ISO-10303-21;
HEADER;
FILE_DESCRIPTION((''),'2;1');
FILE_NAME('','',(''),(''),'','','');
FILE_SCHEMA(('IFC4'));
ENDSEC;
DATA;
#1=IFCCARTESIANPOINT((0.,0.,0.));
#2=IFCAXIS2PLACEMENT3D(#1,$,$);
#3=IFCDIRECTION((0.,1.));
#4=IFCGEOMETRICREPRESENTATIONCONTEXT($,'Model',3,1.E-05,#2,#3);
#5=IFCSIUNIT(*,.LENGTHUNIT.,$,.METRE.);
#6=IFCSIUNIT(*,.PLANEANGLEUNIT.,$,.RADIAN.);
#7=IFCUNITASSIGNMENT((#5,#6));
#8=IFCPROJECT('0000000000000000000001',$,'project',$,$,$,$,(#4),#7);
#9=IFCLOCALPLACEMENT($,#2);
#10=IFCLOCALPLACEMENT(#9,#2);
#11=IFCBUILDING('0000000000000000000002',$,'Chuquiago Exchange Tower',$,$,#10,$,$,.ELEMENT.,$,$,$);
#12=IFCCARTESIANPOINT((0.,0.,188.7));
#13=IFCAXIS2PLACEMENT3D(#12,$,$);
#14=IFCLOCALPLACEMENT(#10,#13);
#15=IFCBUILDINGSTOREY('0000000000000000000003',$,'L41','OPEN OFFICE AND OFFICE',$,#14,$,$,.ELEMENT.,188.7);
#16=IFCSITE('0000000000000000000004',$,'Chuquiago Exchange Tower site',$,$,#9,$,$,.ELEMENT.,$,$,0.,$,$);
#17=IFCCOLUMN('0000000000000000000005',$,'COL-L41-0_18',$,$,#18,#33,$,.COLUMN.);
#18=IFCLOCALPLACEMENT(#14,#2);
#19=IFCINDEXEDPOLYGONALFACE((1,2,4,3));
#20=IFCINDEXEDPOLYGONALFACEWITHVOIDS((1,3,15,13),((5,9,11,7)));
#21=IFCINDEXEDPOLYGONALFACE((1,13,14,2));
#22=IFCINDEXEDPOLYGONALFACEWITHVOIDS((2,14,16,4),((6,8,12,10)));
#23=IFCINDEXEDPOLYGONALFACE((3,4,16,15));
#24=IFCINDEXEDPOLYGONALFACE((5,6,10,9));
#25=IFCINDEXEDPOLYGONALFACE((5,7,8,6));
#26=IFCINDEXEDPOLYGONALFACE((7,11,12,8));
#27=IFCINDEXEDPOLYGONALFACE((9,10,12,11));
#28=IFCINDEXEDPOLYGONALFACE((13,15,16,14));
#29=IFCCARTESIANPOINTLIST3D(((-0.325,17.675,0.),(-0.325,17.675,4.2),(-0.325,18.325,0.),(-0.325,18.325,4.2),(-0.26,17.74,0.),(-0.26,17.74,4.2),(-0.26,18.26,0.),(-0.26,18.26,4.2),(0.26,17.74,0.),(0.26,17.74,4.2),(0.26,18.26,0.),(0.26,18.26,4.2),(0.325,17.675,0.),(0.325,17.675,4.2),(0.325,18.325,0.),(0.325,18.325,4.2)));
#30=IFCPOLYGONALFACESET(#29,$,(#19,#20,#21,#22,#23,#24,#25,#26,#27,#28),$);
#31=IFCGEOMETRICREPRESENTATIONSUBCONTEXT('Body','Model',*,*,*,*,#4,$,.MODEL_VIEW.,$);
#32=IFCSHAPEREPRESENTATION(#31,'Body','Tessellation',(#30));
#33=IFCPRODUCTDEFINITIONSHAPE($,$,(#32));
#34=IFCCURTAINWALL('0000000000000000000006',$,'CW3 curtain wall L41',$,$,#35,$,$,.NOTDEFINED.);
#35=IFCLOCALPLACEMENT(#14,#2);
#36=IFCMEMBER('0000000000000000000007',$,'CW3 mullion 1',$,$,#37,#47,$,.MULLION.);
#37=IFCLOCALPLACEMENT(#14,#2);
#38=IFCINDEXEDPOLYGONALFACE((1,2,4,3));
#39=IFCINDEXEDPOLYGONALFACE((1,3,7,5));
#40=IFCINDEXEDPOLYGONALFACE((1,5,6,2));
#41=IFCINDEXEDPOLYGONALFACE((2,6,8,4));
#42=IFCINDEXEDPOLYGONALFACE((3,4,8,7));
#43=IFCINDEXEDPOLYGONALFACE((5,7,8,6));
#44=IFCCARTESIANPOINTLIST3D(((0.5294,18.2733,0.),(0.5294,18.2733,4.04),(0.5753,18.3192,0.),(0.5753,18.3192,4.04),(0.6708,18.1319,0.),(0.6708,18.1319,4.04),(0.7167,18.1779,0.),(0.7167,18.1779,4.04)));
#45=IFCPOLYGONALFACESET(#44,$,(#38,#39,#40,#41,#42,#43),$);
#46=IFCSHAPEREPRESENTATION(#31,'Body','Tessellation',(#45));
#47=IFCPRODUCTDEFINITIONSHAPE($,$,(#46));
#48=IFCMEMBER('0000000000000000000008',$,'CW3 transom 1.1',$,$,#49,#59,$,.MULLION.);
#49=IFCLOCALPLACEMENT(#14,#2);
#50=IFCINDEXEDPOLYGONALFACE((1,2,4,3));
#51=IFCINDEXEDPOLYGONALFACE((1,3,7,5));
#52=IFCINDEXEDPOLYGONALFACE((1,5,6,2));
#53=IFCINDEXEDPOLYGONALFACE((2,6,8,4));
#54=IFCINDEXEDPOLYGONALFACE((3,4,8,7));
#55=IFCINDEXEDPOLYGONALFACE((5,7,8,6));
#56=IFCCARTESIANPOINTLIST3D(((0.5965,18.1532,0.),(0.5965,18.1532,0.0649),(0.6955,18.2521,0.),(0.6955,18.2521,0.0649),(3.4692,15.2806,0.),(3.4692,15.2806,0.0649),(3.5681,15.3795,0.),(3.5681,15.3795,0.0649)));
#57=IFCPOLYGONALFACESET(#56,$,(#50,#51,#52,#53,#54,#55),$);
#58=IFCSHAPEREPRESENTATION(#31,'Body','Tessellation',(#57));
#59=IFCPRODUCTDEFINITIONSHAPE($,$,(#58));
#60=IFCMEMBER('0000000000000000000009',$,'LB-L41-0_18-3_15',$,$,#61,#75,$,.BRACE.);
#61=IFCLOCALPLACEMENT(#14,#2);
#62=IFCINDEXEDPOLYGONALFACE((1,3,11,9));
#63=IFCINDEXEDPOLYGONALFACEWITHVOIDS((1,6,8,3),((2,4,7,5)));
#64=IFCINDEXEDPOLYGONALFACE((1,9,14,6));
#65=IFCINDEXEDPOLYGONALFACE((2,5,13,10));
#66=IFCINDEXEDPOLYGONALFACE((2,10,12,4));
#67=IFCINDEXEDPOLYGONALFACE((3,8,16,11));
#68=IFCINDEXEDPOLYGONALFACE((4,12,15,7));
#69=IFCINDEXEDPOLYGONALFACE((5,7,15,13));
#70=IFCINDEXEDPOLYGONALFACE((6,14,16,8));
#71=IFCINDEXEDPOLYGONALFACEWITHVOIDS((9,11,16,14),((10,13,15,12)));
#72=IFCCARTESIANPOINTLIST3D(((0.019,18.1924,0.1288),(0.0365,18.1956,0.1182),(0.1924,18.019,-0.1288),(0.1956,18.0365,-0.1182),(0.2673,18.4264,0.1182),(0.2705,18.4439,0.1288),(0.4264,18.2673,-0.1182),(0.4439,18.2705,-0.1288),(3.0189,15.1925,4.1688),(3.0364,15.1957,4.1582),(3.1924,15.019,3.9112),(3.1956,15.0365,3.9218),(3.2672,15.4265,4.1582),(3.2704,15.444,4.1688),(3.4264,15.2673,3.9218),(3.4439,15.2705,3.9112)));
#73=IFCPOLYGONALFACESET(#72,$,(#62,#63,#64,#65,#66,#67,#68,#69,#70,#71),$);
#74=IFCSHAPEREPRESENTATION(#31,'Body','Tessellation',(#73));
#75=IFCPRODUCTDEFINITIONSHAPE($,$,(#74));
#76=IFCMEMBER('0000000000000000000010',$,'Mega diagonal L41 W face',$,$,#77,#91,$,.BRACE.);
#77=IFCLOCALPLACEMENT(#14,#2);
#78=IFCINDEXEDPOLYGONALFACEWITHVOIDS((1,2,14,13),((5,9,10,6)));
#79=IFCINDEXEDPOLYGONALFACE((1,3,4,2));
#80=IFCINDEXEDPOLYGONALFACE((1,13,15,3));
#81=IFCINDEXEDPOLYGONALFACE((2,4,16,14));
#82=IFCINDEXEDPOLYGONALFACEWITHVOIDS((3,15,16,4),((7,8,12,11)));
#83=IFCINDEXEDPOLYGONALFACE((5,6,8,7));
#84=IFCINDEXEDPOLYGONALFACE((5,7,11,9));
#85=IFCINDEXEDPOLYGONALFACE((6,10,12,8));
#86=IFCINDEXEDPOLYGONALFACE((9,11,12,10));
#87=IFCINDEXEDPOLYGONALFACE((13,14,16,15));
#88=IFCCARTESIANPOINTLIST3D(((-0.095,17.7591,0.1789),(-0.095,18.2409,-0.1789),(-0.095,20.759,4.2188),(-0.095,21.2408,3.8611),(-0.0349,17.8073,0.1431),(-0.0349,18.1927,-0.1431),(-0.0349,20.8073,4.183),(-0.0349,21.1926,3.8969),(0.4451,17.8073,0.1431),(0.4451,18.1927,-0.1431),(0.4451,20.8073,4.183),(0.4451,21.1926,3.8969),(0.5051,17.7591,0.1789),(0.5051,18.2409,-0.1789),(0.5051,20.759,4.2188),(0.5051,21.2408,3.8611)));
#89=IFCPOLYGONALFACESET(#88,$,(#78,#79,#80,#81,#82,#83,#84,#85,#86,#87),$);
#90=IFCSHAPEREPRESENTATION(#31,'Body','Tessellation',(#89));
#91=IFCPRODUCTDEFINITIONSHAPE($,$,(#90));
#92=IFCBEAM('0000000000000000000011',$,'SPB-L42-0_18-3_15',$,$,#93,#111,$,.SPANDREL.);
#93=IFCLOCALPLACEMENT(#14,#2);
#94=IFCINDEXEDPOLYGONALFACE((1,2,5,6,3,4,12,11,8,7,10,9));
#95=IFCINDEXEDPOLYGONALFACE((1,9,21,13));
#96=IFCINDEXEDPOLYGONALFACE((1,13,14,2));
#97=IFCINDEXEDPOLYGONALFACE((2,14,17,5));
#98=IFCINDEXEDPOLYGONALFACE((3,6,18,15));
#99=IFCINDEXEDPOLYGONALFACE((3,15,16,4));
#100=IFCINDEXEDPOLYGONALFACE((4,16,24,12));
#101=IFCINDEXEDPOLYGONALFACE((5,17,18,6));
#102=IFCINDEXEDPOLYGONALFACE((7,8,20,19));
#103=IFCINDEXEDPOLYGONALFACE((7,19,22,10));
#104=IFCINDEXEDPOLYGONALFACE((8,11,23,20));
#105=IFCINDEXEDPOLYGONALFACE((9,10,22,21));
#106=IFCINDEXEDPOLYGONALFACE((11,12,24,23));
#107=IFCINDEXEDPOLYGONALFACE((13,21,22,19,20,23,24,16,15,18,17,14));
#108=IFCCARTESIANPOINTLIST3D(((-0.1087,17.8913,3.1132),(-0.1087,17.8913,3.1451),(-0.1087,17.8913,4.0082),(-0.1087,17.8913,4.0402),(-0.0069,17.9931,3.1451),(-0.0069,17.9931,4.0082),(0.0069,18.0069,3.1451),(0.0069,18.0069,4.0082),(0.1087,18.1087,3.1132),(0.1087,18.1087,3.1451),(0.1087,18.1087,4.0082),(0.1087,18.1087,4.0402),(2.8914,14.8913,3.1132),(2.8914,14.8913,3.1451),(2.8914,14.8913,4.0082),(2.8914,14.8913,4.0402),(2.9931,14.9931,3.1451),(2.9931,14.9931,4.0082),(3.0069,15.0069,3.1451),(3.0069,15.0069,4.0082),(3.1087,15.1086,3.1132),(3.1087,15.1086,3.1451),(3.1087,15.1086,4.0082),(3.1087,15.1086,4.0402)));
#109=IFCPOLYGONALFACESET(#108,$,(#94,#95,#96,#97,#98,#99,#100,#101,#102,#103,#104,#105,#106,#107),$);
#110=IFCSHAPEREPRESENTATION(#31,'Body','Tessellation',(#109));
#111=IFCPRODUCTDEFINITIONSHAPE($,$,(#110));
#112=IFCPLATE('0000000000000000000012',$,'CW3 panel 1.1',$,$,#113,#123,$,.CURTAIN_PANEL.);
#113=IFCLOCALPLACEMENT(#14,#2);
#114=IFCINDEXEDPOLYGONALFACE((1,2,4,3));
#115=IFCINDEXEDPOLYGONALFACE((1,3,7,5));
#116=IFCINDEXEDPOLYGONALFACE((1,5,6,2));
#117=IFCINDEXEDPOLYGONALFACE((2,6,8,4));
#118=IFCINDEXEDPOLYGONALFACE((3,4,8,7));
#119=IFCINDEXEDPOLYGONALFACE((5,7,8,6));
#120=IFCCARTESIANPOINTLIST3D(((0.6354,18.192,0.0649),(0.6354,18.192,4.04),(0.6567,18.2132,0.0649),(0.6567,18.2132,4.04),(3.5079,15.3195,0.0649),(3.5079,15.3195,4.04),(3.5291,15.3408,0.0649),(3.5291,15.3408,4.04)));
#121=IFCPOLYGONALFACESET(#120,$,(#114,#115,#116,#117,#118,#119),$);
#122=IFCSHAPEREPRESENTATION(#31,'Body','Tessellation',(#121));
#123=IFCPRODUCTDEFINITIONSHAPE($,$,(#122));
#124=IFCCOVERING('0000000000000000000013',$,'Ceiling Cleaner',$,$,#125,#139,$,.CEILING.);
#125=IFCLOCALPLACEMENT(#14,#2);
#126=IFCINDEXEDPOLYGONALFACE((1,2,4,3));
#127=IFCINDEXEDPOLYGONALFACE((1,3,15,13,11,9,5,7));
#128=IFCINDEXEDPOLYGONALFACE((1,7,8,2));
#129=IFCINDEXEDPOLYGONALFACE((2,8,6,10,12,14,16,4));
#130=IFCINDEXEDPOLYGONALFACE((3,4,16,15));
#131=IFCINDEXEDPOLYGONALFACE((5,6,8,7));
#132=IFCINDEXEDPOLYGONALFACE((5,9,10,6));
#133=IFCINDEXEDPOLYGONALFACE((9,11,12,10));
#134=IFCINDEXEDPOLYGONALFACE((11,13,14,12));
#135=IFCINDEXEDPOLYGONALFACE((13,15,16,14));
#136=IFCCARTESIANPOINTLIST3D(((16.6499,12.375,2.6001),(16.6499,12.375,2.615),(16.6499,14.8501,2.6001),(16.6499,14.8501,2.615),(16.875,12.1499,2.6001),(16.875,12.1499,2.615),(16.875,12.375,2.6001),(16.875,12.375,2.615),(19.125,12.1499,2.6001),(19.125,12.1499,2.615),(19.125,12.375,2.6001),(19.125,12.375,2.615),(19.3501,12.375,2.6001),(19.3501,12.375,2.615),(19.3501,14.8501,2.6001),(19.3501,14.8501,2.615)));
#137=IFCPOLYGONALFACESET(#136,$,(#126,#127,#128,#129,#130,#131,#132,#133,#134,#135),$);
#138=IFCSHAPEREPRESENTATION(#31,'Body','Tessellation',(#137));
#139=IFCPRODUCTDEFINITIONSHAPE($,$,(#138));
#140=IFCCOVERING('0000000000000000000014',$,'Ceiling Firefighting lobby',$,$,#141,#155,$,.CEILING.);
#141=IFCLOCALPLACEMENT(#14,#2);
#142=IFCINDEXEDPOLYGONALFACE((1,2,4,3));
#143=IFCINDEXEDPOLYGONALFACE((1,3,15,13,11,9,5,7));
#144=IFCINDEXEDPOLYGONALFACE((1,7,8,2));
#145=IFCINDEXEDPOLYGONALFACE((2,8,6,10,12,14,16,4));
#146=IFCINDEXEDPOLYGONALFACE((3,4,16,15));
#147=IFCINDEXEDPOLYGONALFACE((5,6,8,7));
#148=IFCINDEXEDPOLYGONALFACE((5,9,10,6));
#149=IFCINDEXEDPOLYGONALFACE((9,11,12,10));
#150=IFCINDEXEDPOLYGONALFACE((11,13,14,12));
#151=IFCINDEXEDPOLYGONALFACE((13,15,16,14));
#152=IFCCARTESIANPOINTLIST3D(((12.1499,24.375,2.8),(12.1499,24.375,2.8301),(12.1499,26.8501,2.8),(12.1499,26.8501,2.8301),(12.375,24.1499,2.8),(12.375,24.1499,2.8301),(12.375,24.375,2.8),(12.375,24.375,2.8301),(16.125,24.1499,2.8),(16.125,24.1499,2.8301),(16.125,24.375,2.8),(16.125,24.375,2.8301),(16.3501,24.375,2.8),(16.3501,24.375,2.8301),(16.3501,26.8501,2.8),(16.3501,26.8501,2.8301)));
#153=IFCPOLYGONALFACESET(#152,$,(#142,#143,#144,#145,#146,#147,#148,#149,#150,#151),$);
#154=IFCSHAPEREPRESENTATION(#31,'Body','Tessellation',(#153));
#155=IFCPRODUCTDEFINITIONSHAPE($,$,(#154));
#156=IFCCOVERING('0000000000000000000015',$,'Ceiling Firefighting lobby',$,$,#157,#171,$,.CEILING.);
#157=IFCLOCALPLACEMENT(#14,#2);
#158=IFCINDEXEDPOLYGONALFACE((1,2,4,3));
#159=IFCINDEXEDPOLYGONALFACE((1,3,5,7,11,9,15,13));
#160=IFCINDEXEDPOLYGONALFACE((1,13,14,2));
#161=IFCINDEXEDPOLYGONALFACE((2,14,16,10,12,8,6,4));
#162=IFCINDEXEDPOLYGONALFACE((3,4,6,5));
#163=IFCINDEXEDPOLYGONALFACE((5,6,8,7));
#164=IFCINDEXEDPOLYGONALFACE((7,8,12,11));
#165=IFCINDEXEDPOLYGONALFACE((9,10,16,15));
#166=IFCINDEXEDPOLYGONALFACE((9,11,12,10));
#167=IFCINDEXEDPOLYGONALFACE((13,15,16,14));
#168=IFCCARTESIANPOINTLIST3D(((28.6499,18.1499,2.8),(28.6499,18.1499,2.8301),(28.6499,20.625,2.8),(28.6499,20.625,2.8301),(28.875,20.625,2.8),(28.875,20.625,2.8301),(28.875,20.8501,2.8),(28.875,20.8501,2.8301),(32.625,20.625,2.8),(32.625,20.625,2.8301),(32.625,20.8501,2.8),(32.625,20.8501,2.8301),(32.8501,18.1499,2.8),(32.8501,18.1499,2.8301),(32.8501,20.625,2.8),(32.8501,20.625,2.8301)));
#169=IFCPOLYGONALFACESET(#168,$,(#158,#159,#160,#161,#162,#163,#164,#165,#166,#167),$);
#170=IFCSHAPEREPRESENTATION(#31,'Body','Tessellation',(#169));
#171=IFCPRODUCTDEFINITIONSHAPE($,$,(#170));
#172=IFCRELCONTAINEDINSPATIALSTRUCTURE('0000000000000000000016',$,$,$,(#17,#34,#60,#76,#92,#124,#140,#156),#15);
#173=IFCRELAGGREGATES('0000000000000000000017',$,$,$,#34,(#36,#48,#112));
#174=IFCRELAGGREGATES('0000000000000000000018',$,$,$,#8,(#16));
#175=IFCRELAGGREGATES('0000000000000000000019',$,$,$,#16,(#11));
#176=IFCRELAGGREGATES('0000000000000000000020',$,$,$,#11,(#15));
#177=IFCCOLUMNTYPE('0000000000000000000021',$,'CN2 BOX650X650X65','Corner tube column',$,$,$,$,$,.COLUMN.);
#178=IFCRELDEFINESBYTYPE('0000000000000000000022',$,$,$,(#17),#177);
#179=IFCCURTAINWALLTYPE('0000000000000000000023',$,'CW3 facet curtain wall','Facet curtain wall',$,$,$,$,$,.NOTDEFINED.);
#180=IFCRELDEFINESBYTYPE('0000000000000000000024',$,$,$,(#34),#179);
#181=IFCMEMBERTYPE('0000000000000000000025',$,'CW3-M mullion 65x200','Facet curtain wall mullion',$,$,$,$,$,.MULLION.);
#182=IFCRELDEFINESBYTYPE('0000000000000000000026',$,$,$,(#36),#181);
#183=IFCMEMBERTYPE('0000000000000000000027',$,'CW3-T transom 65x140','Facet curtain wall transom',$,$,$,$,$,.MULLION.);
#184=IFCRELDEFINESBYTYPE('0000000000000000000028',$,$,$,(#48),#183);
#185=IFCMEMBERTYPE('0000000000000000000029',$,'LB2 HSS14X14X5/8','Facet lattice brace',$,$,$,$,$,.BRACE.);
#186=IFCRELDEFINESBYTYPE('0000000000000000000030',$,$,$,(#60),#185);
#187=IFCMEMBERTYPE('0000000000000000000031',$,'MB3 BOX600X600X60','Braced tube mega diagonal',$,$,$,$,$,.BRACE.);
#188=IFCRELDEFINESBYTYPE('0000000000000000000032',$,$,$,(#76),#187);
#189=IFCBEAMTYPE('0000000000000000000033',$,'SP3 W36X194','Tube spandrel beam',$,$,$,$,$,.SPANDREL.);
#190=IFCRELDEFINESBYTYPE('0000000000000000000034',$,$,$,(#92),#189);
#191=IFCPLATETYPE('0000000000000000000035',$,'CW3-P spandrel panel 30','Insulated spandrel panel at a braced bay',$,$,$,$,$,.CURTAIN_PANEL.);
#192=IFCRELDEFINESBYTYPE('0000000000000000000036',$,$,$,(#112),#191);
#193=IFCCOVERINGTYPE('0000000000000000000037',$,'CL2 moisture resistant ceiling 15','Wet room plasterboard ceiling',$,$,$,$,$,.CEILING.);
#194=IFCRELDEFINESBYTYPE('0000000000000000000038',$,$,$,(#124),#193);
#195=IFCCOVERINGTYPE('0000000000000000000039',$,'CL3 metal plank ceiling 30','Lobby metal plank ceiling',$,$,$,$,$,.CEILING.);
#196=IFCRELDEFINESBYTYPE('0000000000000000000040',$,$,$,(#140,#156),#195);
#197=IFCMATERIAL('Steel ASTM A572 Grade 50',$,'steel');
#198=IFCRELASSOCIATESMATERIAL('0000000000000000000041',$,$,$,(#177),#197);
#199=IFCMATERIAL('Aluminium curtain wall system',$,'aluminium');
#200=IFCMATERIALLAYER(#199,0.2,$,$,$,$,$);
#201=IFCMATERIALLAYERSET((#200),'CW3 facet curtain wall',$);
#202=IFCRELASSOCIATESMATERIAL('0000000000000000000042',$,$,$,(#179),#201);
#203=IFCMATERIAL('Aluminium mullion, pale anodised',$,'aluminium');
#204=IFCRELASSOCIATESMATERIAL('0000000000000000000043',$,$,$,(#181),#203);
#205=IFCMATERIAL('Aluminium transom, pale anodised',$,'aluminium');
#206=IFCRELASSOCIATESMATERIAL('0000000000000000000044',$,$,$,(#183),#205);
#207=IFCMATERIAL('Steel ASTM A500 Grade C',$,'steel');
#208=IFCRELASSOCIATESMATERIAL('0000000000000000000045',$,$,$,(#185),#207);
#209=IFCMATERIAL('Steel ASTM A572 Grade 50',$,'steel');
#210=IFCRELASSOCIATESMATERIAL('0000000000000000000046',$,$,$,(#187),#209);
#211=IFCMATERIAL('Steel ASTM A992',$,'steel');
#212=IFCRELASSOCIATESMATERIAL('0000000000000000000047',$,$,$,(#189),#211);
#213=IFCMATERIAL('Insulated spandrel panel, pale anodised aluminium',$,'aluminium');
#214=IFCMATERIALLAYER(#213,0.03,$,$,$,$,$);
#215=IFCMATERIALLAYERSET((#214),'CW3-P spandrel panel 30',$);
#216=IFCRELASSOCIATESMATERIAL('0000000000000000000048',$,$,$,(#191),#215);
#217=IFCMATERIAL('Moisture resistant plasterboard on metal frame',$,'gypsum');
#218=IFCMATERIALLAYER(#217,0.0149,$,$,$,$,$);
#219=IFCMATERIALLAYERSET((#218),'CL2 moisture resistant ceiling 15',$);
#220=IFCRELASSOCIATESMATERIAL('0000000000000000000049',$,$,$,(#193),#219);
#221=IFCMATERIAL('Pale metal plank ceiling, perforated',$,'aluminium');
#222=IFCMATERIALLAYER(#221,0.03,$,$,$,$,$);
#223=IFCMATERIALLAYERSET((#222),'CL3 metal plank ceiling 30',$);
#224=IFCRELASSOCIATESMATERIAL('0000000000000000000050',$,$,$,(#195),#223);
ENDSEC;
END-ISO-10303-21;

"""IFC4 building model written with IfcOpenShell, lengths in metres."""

from ifc_helpers import new_model, si_unit, direction, frame, origin, origin_2d, place, context, subcontext, project, spatial, polyline, rectangle, hollow_rectangle, i_section, outline, extrude, material, layer, layer_set, material_profile, profile_set, type_object, element, aggregate, save


model = new_model("IFC4")

# Units and contexts
model_context = context("Model", 3, precision=1e-05, world=origin(), true_north=direction((0.0, 1.0)))
body_context = subcontext(model_context, "Body", "Model", "MODEL_VIEW")
ifc_project = project(units=[si_unit("LENGTHUNIT", "METRE"), si_unit("PLANEANGLEUNIT", "RADIAN")], contexts=[model_context])

# Site, building, storey
site_placement = place(None, origin())
site = spatial("IfcSite", under=ifc_project, at=site_placement, Name="Chuquiago Exchange Tower site", CompositionType="ELEMENT", RefElevation=0.0)
building_placement = place(site_placement, origin())
building = spatial("IfcBuilding", under=site, at=building_placement, Name="Chuquiago Exchange Tower", CompositionType="ELEMENT")
storey_placement = place(building_placement, frame((0.0, 0.0, 188.7)))
storey = spatial("IfcBuildingStorey", under=building, at=storey_placement, Name="L41", Description="OPEN OFFICE AND OFFICE", CompositionType="ELEMENT", Elevation=188.7)

# Column
ifc_material_1 = material(Name="Steel ASTM A572 Grade 50", Category="steel")
ifc_material_profile_1 = material_profile(ifc_material_1, hollow_rectangle(XDim=0.6499, YDim=0.6499, WallThickness=0.0649, at=origin_2d()), Name="BOX650X650X65")
ifc_profile_set_1 = profile_set([ifc_material_profile_1], Name="Steel ASTM A572 Grade 50")
column_type = type_object("IfcColumnType", Name="CN2 BOX650X650X65", Description="Corner tube column", PredefinedType="COLUMN", material=ifc_profile_set_1)
column_placement = place(storey_placement, frame((0.0, 18.0, 0.0), z_axis=(0.0, 0.0, 1.0), x_axis=(-1.0, 0.0, 0.0)))
element("IfcColumn", 1, at=column_placement, inside=storey, type_object=column_type, Name="COL-L41-0_18", PredefinedType="COLUMN", context=body_context, shape_type="SweptSolid", body=[
    extrude(hollow_rectangle(XDim=0.6499, YDim=0.6499, WallThickness=0.0649, at=origin_2d()), origin(), (0.0, 0.0, 1.0), 4.2),
])

# Curtain wall, members
ifc_material_2 = material(Name="Aluminium curtain wall system", Category="aluminium")
ifc_layer_1 = layer(ifc_material_2, 0.2)
ifc_layer_set_1 = layer_set([ifc_layer_1], Name="CW3 facet curtain wall")
curtain_wall_type = type_object("IfcCurtainWallType", Name="CW3 facet curtain wall", Description="Facet curtain wall", PredefinedType="NOTDEFINED", material=ifc_layer_set_1)
curtain_wall_placement = place(storey_placement, origin())
curtain_wall = element("IfcCurtainWall", 2, at=curtain_wall_placement, inside=storey, type_object=curtain_wall_type, Name="CW3 curtain wall L41", PredefinedType="NOTDEFINED")
ifc_material_3 = material(Name="Aluminium mullion, pale anodised", Category="aluminium")
ifc_material_profile_2 = material_profile(ifc_material_3, rectangle(XDim=0.0649, YDim=0.2, at=origin_2d()), Name="AL 65x200")
ifc_profile_set_2 = profile_set([ifc_material_profile_2], Name="Aluminium mullion, pale anodised")
member_type_1 = type_object("IfcMemberType", Name="CW3-M mullion 65x200", Description="Facet curtain wall mullion", PredefinedType="MULLION", material=ifc_profile_set_2)
member_1_placement = place(storey_placement, frame((0.623, 18.2256, 0.0), z_axis=(0.0, 0.0, 1.0), x_axis=(0.707107, 0.707107, 0.0)))
member_1 = element("IfcMember", 3, at=member_1_placement, type_object=member_type_1, Name="CW3 mullion 1", PredefinedType="MULLION", context=body_context, shape_type="SweptSolid", body=[
    extrude(rectangle(XDim=0.0649, YDim=0.2, at=origin_2d()), origin(), (0.0, 0.0, 1.0), 4.04),
])
ifc_material_4 = material(Name="Aluminium transom, pale anodised", Category="aluminium")
ifc_material_profile_3 = material_profile(ifc_material_4, rectangle(XDim=0.1399, YDim=0.0649, at=origin_2d()), Name="AL 140x65")
ifc_profile_set_3 = profile_set([ifc_material_profile_3], Name="Aluminium transom, pale anodised")
member_type_2 = type_object("IfcMemberType", Name="CW3-T transom 65x140", Description="Facet curtain wall transom", PredefinedType="MULLION", material=ifc_profile_set_3)
member_2_placement = place(storey_placement, frame((0.646, 18.2026, 0.0325), z_axis=(0.707107, -0.707107, 0.0), x_axis=(0.707107, 0.707107, 0.0)))
member_2 = element("IfcMember", 4, at=member_2_placement, type_object=member_type_2, Name="CW3 transom 1.1", PredefinedType="MULLION", context=body_context, shape_type="SweptSolid", body=[
    extrude(rectangle(XDim=0.1399, YDim=0.0649, at=origin_2d()), origin(), (0.0, 0.0, 1.0), 4.0625),
])

# Members
ifc_material_5 = material(Name="Steel ASTM A500 Grade C", Category="steel")
ifc_material_profile_4 = material_profile(ifc_material_5, hollow_rectangle(XDim=0.3557, YDim=0.3557, WallThickness=0.0146, at=origin_2d()), Name="HSS14X14X5/8")
ifc_profile_set_4 = profile_set([ifc_material_profile_4], Name="Steel ASTM A500 Grade C")
member_type_3 = type_object("IfcMemberType", Name="LB2 HSS14X14X5/8", Description="Facet lattice brace", PredefinedType="BRACE", material=ifc_profile_set_4)
member_3_placement = place(storey_placement, frame((0.2314, 18.2314, 0.0), z_axis=(0.512077, -0.512077, 0.689604), x_axis=(0.707107, 0.707107, 0.0)))
element("IfcMember", 5, at=member_3_placement, inside=storey, type_object=member_type_3, Name="LB-L41-0_18-3_15", PredefinedType="BRACE", context=body_context, shape_type="SweptSolid", body=[
    extrude(hollow_rectangle(XDim=0.3557, YDim=0.3557, WallThickness=0.0146, at=origin_2d()), origin(), (0.0, 0.0, 1.0), 5.8584),
])
ifc_material_6 = material(Name="Steel ASTM A572 Grade 50", Category="steel")
ifc_material_profile_5 = material_profile(ifc_material_6, hollow_rectangle(XDim=0.6001, YDim=0.6001, WallThickness=0.0601, at=origin_2d()), Name="BOX600X600X60")
ifc_profile_set_5 = profile_set([ifc_material_profile_5], Name="Steel ASTM A572 Grade 50")
member_type_4 = type_object("IfcMemberType", Name="MB3 BOX600X600X60", Description="Braced tube mega diagonal", PredefinedType="BRACE", material=ifc_profile_set_5)
member_4_placement = place(storey_placement, frame((0.2051, 18.0, 0.0), z_axis=(0.0, 0.596174, 0.802855), x_axis=(-1.0, 0.0, 0.0)))
element("IfcMember", 6, at=member_4_placement, inside=storey, type_object=member_type_4, Name="Mega diagonal L41 W face", PredefinedType="BRACE", context=body_context, shape_type="SweptSolid", body=[
    extrude(hollow_rectangle(XDim=0.6001, YDim=0.6001, WallThickness=0.0601, at=origin_2d()), origin(), (0.0, 0.0, 1.0), 5.032),
])

# Beam
ifc_material_7 = material(Name="Steel ASTM A992", Category="steel")
ifc_material_profile_6 = material_profile(ifc_material_7, i_section(OverallWidth=0.3074, OverallDepth=0.927, WebThickness=0.0195, FlangeThickness=0.032, at=origin_2d()), Name="W36X194")
ifc_profile_set_6 = profile_set([ifc_material_profile_6], Name="Steel ASTM A992")
beam_type = type_object("IfcBeamType", Name="SP3 W36X194", Description="Tube spandrel beam", PredefinedType="SPANDREL", material=ifc_profile_set_6)
beam_placement = place(storey_placement, frame((0.0, 18.0, 3.5767), z_axis=(0.707107, -0.707107, 0.0), x_axis=(0.707107, 0.707107, 0.0)))
element("IfcBeam", 7, at=beam_placement, inside=storey, type_object=beam_type, Name="SPB-L42-0_18-3_15", PredefinedType="SPANDREL", context=body_context, shape_type="SweptSolid", body=[
    extrude(i_section(OverallWidth=0.3074, OverallDepth=0.927, WebThickness=0.0195, FlangeThickness=0.032, at=origin_2d()), origin(), (0.0, 0.0, 1.0), 4.2427),
])

# Plate
ifc_material_8 = material(Name="Insulated spandrel panel, pale anodised aluminium", Category="aluminium")
ifc_layer_2 = layer(ifc_material_8, 0.03)
ifc_layer_set_2 = layer_set([ifc_layer_2], Name="CW3-P spandrel panel 30")
plate_type = type_object("IfcPlateType", Name="CW3-P spandrel panel 30", Description="Insulated spandrel panel at a braced bay", PredefinedType="CURTAIN_PANEL", material=ifc_layer_set_2)
plate_placement = place(storey_placement, frame((2.0823, 16.7664, 0.0649), z_axis=(0.0, 0.0, 1.0), x_axis=(0.707107, -0.707107, 0.0)))
plate = element("IfcPlate", 8, at=plate_placement, type_object=plate_type, Name="CW3 panel 1.1", PredefinedType="CURTAIN_PANEL", context=body_context, shape_type="SweptSolid", body=[
    extrude(rectangle(XDim=4.0623, YDim=0.03, at=origin_2d()), origin(), (0.0, 0.0, 1.0), 3.9751),
])
aggregate(curtain_wall, [member_1, member_2, plate])

# Coverings
ifc_material_9 = material(Name="Moisture resistant plasterboard on metal frame", Category="gypsum")
ifc_layer_3 = layer(ifc_material_9, 0.0149)
ifc_layer_set_3 = layer_set([ifc_layer_3], Name="CL2 moisture resistant ceiling 15")
covering_type_1 = type_object("IfcCoveringType", Name="CL2 moisture resistant ceiling 15", Description="Wet room plasterboard ceiling", PredefinedType="CEILING", material=ifc_layer_set_3)
covering_1_placement = place(storey_placement, frame((0.0, 0.0, 2.6001)))
element("IfcCovering", 9, at=covering_1_placement, inside=storey, type_object=covering_type_1, Name="Ceiling Cleaner", PredefinedType="CEILING", context=body_context, shape_type="SweptSolid", body=[
    extrude(outline(polyline([(16.875, 12.1499), (16.875, 12.375), (16.6499, 12.375), (16.6499, 14.8501), (19.3501, 14.8501), (19.3501, 12.375), (19.125, 12.375), (19.125, 12.1499), (16.875, 12.1499)])), origin(), (0.0, 0.0, 1.0), 0.0149),
])
ifc_material_10 = material(Name="Pale metal plank ceiling, perforated", Category="aluminium")
ifc_layer_4 = layer(ifc_material_10, 0.03)
ifc_layer_set_4 = layer_set([ifc_layer_4], Name="CL3 metal plank ceiling 30")
covering_type_2 = type_object("IfcCoveringType", Name="CL3 metal plank ceiling 30", Description="Lobby metal plank ceiling", PredefinedType="CEILING", material=ifc_layer_set_4)
covering_2_placement = place(storey_placement, frame((0.0, 0.0, 2.8)))
element("IfcCovering", 10, at=covering_2_placement, inside=storey, type_object=covering_type_2, Name="Ceiling Firefighting lobby", PredefinedType="CEILING", context=body_context, shape_type="SweptSolid", body=[
    extrude(outline(polyline([(12.375, 24.1499), (12.375, 24.375), (12.1499, 24.375), (12.1499, 26.8501), (16.3501, 26.8501), (16.3501, 24.375), (16.125, 24.375), (16.125, 24.1499), (12.375, 24.1499)])), origin(), (0.0, 0.0, 1.0), 0.03),
])
covering_3_placement = place(storey_placement, frame((0.0, 0.0, 2.8)))
element("IfcCovering", 11, at=covering_3_placement, inside=storey, type_object=covering_type_2, Name="Ceiling Firefighting lobby", PredefinedType="CEILING", context=body_context, shape_type="SweptSolid", body=[
    extrude(outline(polyline([(28.6499, 18.1499), (28.6499, 20.625), (28.875, 20.625), (28.875, 20.8501), (32.625, 20.8501), (32.625, 20.625), (32.8501, 20.625), (32.8501, 18.1499), (28.6499, 18.1499)])), origin(), (0.0, 0.0, 1.0), 0.03),
])

save(model, "model.ifc")
